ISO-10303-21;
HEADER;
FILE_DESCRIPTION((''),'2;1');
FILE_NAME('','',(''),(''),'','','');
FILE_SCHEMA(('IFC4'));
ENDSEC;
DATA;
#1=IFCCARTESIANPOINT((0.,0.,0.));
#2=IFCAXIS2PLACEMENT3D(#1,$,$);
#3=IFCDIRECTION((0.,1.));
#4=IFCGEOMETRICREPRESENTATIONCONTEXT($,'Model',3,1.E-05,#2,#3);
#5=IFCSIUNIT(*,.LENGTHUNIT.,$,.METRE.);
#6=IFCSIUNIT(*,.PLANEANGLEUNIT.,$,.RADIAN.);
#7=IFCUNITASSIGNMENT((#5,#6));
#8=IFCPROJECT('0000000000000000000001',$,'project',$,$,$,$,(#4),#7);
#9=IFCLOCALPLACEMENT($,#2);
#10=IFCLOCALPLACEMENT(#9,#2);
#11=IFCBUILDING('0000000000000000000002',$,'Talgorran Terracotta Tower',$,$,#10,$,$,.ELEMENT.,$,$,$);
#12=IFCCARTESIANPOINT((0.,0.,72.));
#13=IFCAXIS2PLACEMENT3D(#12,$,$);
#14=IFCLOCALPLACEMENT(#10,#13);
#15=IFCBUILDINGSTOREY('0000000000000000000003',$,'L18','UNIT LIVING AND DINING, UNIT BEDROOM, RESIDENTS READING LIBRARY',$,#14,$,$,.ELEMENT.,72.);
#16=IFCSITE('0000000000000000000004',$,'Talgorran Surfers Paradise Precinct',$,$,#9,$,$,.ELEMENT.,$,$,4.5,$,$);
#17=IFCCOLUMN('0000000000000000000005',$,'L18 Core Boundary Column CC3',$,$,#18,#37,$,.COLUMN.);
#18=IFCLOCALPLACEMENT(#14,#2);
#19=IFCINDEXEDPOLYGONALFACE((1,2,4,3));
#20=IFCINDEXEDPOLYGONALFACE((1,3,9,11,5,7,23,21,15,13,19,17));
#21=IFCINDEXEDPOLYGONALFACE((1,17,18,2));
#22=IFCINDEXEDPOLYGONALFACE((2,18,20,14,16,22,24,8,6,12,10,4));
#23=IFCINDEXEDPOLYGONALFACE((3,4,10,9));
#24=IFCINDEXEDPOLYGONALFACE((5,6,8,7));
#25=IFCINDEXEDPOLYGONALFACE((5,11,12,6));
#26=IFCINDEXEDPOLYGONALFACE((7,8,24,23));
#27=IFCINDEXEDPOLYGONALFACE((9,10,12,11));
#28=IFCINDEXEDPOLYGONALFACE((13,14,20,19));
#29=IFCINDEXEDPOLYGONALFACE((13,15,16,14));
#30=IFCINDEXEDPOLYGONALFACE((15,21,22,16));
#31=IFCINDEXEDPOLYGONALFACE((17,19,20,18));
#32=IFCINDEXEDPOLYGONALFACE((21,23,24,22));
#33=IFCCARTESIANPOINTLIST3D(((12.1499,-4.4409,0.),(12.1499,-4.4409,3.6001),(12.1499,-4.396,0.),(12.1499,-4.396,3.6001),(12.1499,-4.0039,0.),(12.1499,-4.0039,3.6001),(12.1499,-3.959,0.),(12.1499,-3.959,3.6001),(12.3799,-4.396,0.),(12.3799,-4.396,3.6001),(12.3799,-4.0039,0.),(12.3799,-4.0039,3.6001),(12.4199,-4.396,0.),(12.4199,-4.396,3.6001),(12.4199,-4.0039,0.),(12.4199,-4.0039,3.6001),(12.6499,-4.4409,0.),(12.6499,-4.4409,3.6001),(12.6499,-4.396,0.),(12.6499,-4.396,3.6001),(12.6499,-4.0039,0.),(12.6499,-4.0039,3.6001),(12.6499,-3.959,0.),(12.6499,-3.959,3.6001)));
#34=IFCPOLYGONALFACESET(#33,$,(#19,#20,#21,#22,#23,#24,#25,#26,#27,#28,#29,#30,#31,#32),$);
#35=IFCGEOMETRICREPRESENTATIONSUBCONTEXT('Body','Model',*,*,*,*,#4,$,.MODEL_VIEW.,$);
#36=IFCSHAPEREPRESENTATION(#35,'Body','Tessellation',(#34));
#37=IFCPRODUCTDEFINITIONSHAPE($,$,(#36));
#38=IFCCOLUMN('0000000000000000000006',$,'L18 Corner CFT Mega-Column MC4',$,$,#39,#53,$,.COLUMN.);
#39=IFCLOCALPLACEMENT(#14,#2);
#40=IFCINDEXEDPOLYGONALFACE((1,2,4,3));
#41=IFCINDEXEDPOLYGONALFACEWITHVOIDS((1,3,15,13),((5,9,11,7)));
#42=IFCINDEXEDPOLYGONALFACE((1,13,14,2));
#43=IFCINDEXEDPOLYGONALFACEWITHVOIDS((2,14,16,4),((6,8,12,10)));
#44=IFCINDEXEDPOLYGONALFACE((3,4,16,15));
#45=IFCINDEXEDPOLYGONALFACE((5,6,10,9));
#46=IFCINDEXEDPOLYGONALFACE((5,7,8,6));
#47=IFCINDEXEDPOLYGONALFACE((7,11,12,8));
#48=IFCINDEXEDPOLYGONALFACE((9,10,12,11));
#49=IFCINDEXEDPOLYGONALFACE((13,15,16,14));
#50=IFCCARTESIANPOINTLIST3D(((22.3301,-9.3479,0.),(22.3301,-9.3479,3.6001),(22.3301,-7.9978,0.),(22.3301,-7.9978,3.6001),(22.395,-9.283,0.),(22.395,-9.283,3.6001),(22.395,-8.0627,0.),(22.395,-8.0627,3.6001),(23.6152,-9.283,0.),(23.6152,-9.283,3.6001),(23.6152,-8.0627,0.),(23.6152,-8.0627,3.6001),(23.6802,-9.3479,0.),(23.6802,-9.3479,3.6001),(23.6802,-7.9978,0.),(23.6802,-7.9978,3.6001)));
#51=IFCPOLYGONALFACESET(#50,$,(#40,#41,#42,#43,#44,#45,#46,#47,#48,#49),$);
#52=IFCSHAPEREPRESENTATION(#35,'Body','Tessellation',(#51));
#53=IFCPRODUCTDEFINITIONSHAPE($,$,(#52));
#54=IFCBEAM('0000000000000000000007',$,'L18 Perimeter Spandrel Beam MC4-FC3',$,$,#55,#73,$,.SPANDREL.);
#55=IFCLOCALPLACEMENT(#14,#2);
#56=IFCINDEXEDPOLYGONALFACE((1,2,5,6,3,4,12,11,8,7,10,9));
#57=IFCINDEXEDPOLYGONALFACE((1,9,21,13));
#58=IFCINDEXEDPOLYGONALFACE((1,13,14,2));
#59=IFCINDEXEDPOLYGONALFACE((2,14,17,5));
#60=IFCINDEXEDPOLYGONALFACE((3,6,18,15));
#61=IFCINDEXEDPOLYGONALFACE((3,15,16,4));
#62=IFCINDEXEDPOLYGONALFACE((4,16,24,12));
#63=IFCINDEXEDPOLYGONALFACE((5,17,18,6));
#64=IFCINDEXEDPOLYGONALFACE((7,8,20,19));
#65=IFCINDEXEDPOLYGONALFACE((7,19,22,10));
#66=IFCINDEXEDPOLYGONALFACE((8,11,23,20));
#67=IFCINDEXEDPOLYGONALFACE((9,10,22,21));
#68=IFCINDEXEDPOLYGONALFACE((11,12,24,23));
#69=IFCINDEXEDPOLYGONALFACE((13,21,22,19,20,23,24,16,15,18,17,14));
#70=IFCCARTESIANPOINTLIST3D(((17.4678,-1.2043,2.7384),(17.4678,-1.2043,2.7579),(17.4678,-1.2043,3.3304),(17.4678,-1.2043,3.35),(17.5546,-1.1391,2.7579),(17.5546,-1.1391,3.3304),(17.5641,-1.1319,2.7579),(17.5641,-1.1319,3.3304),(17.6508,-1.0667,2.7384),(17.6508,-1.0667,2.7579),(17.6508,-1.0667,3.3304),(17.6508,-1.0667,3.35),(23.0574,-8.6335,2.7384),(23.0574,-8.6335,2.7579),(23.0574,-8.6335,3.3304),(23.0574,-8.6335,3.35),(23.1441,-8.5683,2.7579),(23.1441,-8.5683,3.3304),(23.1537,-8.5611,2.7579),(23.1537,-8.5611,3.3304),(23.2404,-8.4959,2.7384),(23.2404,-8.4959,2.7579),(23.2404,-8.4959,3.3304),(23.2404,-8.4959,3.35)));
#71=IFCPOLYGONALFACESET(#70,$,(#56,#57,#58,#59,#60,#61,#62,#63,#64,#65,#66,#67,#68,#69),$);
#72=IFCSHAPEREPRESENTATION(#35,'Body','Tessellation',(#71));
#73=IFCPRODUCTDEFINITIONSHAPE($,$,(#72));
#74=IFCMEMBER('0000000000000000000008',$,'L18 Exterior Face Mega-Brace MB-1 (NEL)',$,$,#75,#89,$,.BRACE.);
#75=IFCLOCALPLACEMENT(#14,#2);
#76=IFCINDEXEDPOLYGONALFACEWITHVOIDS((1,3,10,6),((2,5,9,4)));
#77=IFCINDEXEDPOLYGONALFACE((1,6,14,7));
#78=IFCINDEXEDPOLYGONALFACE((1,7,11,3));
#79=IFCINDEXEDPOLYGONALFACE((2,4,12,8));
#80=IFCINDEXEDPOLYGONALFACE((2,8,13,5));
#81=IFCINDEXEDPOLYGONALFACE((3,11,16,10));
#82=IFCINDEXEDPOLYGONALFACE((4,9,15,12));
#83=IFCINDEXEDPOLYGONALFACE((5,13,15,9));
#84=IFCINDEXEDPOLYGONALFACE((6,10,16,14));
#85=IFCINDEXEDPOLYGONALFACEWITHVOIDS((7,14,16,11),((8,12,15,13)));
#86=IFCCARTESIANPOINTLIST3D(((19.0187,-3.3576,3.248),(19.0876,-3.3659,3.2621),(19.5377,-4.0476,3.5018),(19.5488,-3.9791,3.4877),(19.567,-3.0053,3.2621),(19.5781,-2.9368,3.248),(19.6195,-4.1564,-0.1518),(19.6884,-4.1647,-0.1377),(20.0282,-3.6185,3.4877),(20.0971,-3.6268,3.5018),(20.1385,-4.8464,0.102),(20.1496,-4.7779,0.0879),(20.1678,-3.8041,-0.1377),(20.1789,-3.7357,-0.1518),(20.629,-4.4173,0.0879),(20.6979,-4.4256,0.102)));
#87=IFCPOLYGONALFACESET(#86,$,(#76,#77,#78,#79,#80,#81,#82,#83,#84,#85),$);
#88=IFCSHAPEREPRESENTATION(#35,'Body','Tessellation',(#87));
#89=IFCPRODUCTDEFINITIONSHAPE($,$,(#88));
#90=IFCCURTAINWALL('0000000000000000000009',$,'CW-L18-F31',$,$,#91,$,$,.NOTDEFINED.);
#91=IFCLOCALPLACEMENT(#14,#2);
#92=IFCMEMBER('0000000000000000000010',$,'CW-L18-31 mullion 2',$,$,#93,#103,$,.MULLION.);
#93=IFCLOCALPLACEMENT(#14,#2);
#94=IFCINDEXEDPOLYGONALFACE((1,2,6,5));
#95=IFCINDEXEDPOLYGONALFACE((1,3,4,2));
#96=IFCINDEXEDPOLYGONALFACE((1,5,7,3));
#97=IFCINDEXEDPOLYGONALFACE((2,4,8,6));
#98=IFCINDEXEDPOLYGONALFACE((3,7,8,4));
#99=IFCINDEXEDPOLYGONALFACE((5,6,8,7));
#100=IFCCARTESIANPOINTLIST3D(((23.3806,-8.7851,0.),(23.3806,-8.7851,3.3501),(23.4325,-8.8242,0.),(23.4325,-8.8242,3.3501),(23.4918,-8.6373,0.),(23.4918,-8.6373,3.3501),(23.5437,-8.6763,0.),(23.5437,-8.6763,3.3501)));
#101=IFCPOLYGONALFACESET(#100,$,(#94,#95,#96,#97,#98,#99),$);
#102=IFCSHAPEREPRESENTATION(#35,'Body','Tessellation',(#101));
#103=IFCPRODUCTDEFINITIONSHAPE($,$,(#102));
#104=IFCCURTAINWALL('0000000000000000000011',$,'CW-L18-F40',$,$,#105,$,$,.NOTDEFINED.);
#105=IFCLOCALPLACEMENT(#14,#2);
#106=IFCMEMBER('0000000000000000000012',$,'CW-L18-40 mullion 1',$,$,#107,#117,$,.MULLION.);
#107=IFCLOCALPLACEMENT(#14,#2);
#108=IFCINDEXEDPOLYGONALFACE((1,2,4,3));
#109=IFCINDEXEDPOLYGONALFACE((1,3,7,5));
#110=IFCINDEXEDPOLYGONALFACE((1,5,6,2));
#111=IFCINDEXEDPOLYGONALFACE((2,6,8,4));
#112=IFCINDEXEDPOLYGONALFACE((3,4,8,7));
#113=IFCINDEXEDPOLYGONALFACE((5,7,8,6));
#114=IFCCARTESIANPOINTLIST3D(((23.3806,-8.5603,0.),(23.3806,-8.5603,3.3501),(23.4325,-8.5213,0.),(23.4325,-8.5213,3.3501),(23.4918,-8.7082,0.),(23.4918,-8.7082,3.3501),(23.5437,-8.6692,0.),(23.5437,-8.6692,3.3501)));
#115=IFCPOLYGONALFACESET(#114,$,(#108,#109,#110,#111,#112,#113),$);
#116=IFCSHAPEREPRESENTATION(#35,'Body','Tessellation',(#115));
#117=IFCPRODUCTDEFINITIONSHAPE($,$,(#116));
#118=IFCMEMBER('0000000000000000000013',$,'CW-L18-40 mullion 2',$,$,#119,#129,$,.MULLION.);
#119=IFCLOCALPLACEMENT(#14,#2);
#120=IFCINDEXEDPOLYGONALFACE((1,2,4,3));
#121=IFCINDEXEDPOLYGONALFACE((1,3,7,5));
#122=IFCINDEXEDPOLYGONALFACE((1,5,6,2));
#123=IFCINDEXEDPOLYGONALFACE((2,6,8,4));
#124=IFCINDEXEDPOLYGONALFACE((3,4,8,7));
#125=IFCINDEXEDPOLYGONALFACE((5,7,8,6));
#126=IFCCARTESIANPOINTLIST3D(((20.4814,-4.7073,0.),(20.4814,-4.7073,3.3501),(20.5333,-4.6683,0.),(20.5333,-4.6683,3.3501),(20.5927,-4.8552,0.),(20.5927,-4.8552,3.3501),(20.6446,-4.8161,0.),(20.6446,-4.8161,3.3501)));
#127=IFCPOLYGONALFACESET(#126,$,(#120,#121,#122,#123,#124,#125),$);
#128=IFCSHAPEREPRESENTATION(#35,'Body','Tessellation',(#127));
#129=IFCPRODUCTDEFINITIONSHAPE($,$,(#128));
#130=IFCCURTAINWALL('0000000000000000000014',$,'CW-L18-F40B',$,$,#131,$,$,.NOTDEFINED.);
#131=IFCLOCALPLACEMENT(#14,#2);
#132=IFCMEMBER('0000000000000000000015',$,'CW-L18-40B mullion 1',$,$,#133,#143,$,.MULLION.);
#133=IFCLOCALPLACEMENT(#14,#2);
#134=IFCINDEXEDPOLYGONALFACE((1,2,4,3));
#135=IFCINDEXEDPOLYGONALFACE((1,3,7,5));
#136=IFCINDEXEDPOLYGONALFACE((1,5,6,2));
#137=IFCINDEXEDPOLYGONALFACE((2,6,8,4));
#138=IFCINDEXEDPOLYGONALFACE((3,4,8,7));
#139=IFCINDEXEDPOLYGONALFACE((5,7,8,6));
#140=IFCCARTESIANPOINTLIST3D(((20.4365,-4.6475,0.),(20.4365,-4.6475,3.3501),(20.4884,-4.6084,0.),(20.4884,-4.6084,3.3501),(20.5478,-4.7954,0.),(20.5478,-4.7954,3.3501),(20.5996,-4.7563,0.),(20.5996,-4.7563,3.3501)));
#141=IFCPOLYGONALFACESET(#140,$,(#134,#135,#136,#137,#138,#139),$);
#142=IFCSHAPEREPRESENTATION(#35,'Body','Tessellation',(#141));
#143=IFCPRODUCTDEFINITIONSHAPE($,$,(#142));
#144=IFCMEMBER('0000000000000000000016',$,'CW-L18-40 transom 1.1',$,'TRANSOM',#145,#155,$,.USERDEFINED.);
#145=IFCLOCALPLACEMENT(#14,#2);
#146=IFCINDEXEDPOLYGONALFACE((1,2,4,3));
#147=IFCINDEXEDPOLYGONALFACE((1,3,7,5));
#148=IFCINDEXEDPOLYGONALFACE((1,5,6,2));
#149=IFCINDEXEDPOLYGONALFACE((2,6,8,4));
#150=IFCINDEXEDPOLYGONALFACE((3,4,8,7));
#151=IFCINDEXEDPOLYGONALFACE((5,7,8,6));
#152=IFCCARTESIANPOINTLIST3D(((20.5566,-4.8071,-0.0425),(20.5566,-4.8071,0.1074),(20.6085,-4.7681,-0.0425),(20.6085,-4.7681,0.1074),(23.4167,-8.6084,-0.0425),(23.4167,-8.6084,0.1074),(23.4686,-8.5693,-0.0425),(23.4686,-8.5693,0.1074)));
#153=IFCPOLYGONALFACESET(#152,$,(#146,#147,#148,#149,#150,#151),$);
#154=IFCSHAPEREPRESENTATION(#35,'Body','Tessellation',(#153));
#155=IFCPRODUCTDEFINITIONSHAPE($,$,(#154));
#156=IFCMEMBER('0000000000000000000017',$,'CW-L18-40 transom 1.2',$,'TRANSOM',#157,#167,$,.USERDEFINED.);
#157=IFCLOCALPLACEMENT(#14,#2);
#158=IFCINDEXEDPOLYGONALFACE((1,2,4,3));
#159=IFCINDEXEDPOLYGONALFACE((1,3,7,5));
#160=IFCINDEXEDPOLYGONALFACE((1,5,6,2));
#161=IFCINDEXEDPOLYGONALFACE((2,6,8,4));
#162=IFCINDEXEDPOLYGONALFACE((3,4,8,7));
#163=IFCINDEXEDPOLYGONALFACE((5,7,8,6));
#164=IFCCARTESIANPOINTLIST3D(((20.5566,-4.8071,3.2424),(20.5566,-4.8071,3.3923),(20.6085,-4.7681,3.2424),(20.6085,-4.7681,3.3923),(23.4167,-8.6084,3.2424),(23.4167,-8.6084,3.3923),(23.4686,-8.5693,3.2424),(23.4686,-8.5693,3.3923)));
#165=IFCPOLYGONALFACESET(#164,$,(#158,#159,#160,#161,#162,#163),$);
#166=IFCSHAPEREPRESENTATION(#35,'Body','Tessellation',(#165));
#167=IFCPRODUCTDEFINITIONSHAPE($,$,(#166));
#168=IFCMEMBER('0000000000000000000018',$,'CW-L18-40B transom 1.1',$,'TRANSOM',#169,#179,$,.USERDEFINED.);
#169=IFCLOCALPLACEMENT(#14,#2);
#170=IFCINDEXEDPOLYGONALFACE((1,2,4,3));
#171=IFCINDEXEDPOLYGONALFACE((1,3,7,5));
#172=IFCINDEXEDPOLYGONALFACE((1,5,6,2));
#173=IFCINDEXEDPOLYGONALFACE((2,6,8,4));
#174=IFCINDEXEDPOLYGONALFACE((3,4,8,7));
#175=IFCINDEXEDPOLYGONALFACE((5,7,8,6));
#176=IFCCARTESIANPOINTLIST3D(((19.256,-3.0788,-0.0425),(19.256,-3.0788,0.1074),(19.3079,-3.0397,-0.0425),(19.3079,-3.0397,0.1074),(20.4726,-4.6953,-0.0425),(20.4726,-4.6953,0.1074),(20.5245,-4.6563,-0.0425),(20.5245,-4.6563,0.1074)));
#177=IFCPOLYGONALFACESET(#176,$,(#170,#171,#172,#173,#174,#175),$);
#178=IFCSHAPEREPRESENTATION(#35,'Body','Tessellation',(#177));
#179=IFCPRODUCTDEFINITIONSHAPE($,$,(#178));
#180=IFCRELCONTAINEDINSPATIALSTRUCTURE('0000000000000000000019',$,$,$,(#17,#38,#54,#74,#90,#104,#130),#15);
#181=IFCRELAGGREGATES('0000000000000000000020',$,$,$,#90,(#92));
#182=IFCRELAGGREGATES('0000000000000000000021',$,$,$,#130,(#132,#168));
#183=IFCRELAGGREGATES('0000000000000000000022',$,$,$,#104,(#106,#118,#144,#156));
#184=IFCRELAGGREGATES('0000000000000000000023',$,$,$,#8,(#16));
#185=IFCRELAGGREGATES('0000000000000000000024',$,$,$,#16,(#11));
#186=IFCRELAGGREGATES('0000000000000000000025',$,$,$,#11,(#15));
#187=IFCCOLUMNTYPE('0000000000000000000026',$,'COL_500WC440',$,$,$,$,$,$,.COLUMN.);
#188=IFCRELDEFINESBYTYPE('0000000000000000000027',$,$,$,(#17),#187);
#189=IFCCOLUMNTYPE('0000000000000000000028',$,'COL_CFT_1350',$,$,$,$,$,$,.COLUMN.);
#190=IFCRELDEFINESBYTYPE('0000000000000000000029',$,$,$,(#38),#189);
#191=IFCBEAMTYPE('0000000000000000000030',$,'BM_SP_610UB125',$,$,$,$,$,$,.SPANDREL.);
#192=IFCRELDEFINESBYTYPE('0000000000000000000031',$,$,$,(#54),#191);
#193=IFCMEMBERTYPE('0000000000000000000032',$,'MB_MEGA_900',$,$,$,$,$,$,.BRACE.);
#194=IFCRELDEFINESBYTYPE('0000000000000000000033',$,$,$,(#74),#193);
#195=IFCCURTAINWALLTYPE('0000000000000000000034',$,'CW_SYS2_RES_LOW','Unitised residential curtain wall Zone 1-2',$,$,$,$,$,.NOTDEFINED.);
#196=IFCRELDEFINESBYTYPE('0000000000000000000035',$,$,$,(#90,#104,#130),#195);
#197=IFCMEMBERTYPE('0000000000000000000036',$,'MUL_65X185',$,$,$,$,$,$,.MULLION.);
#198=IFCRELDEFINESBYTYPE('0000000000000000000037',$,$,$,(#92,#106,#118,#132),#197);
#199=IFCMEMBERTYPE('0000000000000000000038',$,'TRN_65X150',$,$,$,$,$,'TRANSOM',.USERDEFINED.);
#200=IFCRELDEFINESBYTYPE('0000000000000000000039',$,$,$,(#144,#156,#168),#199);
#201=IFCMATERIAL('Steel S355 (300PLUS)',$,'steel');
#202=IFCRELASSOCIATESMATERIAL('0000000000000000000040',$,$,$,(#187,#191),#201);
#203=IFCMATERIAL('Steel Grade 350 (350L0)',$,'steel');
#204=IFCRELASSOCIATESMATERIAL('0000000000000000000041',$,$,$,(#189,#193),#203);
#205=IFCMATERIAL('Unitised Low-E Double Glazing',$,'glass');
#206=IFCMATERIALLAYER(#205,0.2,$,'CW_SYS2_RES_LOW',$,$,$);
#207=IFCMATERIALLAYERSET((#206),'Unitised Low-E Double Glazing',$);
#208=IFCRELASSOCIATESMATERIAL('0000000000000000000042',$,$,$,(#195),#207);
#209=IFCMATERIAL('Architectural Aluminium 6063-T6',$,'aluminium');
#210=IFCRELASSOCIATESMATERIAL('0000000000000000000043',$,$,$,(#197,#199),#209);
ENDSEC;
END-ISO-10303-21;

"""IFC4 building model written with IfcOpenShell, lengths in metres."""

from ifc_helpers import new_model, si_unit, direction, frame, origin, origin_2d, place, context, subcontext, project, spatial, rectangle, hollow_rectangle, i_section, extrude, material, layer, layer_set, material_profile, profile_set, type_object, element, aggregate, save


model = new_model("IFC4")

# Units and contexts
model_context = context("Model", 3, precision=1e-05, world=origin(), true_north=direction((0.0, 1.0)))
body_context = subcontext(model_context, "Body", "Model", "MODEL_VIEW")
ifc_project = project(units=[si_unit("LENGTHUNIT", "METRE"), si_unit("PLANEANGLEUNIT", "RADIAN")], contexts=[model_context])

# Site, building, storey
site_placement = place(None, origin())
site = spatial("IfcSite", under=ifc_project, at=site_placement, Name="Talgorran Surfers Paradise Precinct", CompositionType="ELEMENT", RefElevation=4.5)
building_placement = place(site_placement, origin())
building = spatial("IfcBuilding", under=site, at=building_placement, Name="Talgorran Terracotta Tower", CompositionType="ELEMENT")
storey_placement = place(building_placement, frame((0.0, 0.0, 72.0)))
storey = spatial("IfcBuildingStorey", under=building, at=storey_placement, Name="L18", Description="UNIT LIVING AND DINING, UNIT BEDROOM, RESIDENTS READING LIBRARY", CompositionType="ELEMENT", Elevation=72.0)

# Columns
ifc_material_1 = material(Name="Steel S355 (300PLUS)", Category="steel")
ifc_material_profile_1 = material_profile(ifc_material_1, i_section(OverallWidth=0.5, OverallDepth=0.4819, WebThickness=0.04, FlangeThickness=0.0449, at=origin_2d()), Name="500WC440")
ifc_profile_set_1 = profile_set([ifc_material_profile_1], Name="Steel S355 (300PLUS)")
column_type_1 = type_object("IfcColumnType", Name="COL_500WC440", PredefinedType="COLUMN", material=ifc_profile_set_1)
column_1_placement = place(storey_placement, frame((12.3999, -4.2, 0.0), z_axis=(0.0, 0.0, 1.0), x_axis=(1.0, 0.0, 0.0)))
element("IfcColumn", 1, at=column_1_placement, inside=storey, type_object=column_type_1, Name="L18 Core Boundary Column CC3", PredefinedType="COLUMN", context=body_context, shape_type="SweptSolid", body=[
    extrude(i_section(OverallWidth=0.5, OverallDepth=0.4819, WebThickness=0.04, FlangeThickness=0.0449, at=origin_2d()), origin(), (0.0, 0.0, 1.0), 3.6001),
])
ifc_material_2 = material(Name="Steel Grade 350 (350L0)", Category="steel")
ifc_material_profile_2 = material_profile(ifc_material_2, hollow_rectangle(XDim=1.3501, YDim=1.3501, WallThickness=0.0649, at=origin_2d()), Name="CFT1350X1350X65")
ifc_profile_set_2 = profile_set([ifc_material_profile_2], Name="Steel Grade 350 (350L0)")
column_type_2 = type_object("IfcColumnType", Name="COL_CFT_1350", PredefinedType="COLUMN", material=ifc_profile_set_2)
column_2_placement = place(storey_placement, frame((23.0051, -8.6729, 0.0), z_axis=(0.0, 0.0, 1.0), x_axis=(1.0, 0.0, 0.0)))
element("IfcColumn", 2, at=column_2_placement, inside=storey, type_object=column_type_2, Name="L18 Corner CFT Mega-Column MC4", PredefinedType="COLUMN", context=body_context, shape_type="SweptSolid", body=[
    extrude(hollow_rectangle(XDim=1.3501, YDim=1.3501, WallThickness=0.0649, at=origin_2d()), origin(), (0.0, 0.0, 1.0), 3.6001),
])

# Beam
ifc_material_profile_3 = material_profile(ifc_material_1, i_section(OverallWidth=0.229, OverallDepth=0.6116, WebThickness=0.012, FlangeThickness=0.0195, at=origin_2d()), Name="610UB125")
ifc_profile_set_3 = profile_set([ifc_material_profile_3], Name="Steel S355 (300PLUS)")
beam_type = type_object("IfcBeamType", Name="BM_SP_610UB125", PredefinedType="SPANDREL", material=ifc_profile_set_3)
beam_placement = place(storey_placement, frame((23.1489, -8.5647, 3.0442), z_axis=(-0.601218, 0.799085, 0.0), x_axis=(-0.799085, -0.601218, 0.0)))
element("IfcBeam", 3, at=beam_placement, inside=storey, type_object=beam_type, Name="L18 Perimeter Spandrel Beam MC4-FC3", PredefinedType="SPANDREL", context=body_context, shape_type="SweptSolid", body=[
    extrude(i_section(OverallWidth=0.229, OverallDepth=0.6116, WebThickness=0.012, FlangeThickness=0.0195, at=origin_2d()), origin(), (0.0, 0.0, 1.0), 9.2971),
])

# Member
ifc_material_profile_4 = material_profile(ifc_material_2, hollow_rectangle(XDim=0.7, YDim=0.8999, WallThickness=0.05, at=origin_2d()), Name="WBOX900X700X50")
ifc_profile_set_4 = profile_set([ifc_material_profile_4], Name="Steel Grade 350 (350L0)")
member_type_1 = type_object("IfcMemberType", Name="MB_MEGA_900", PredefinedType="BRACE", material=ifc_profile_set_4)
member_1_placement = place(storey_placement, frame((20.1587, -4.291, -0.0249), z_axis=(-0.169544, 0.225416, 0.959397), x_axis=(-0.799179, -0.601094, 0.0)))
element("IfcMember", 4, at=member_1_placement, inside=storey, type_object=member_type_1, Name="L18 Exterior Face Mega-Brace MB-1 (NEL)", PredefinedType="BRACE", context=body_context, shape_type="SweptSolid", body=[
    extrude(hollow_rectangle(XDim=0.7, YDim=0.8999, WallThickness=0.05, at=origin_2d()), origin(), (0.0, 0.0, 1.0), 3.5437),
])

# Curtain wall, member
ifc_material_3 = material(Name="Unitised Low-E Double Glazing", Category="glass")
ifc_layer_1 = layer(ifc_material_3, 0.2, Name="CW_SYS2_RES_LOW")
ifc_layer_set_1 = layer_set([ifc_layer_1], Name="Unitised Low-E Double Glazing")
curtain_wall_type = type_object("IfcCurtainWallType", Name="CW_SYS2_RES_LOW", Description="Unitised residential curtain wall Zone 1-2", PredefinedType="NOTDEFINED", material=ifc_layer_set_1)
curtain_wall_1_placement = place(storey_placement, origin())
curtain_wall_1 = element("IfcCurtainWall", 5, at=curtain_wall_1_placement, inside=storey, type_object=curtain_wall_type, Name="CW-L18-F31", PredefinedType="NOTDEFINED")
ifc_material_4 = material(Name="Architectural Aluminium 6063-T6", Category="aluminium")
ifc_material_profile_5 = material_profile(ifc_material_4, rectangle(XDim=0.0649, YDim=0.1851, at=origin_2d()), Name="CWM65X185")
ifc_profile_set_5 = profile_set([ifc_material_profile_5], Name="Architectural Aluminium 6063-T6")
member_type_2 = type_object("IfcMemberType", Name="MUL_65X185", PredefinedType="MULLION", material=ifc_profile_set_5)
member_2_placement = place(storey_placement, frame((23.4622, -8.7307, 0.0), z_axis=(0.0, 0.0, 1.0), x_axis=(-0.79906, 0.601251, 0.0)))
member_2 = element("IfcMember", 6, at=member_2_placement, type_object=member_type_2, Name="CW-L18-31 mullion 2", PredefinedType="MULLION", context=body_context, shape_type="SweptSolid", body=[
    extrude(rectangle(XDim=0.0649, YDim=0.1851, at=origin_2d()), origin(), (0.0, 0.0, 1.0), 3.3501),
])
aggregate(curtain_wall_1, [member_2])

# Curtain wall, members
curtain_wall_2_placement = place(storey_placement, origin())
curtain_wall_2 = element("IfcCurtainWall", 7, at=curtain_wall_2_placement, inside=storey, type_object=curtain_wall_type, Name="CW-L18-F40", PredefinedType="NOTDEFINED")
member_3_placement = place(storey_placement, frame((23.4622, -8.6147, 0.0), z_axis=(0.0, 0.0, 1.0), x_axis=(-0.799068, -0.60124, 0.0)))
member_3 = element("IfcMember", 8, at=member_3_placement, type_object=member_type_2, Name="CW-L18-40 mullion 1", PredefinedType="MULLION", context=body_context, shape_type="SweptSolid", body=[
    extrude(rectangle(XDim=0.0649, YDim=0.1851, at=origin_2d()), origin(), (0.0, 0.0, 1.0), 3.3501),
])
member_4_placement = place(storey_placement, frame((20.563, -4.7617, 0.0), z_axis=(0.0, 0.0, 1.0), x_axis=(-0.799068, -0.60124, 0.0)))
member_4 = element("IfcMember", 9, at=member_4_placement, type_object=member_type_2, Name="CW-L18-40 mullion 2", PredefinedType="MULLION", context=body_context, shape_type="SweptSolid", body=[
    extrude(rectangle(XDim=0.0649, YDim=0.1851, at=origin_2d()), origin(), (0.0, 0.0, 1.0), 3.3501),
])

# Curtain wall, member
curtain_wall_3_placement = place(storey_placement, origin())
curtain_wall_3 = element("IfcCurtainWall", 10, at=curtain_wall_3_placement, inside=storey, type_object=curtain_wall_type, Name="CW-L18-F40B", PredefinedType="NOTDEFINED")
member_5_placement = place(storey_placement, frame((20.5181, -4.7019, 0.0), z_axis=(0.0, 0.0, 1.0), x_axis=(-0.799063, -0.601248, 0.0)))
member_5 = element("IfcMember", 11, at=member_5_placement, type_object=member_type_2, Name="CW-L18-40B mullion 1", PredefinedType="MULLION", context=body_context, shape_type="SweptSolid", body=[
    extrude(rectangle(XDim=0.0649, YDim=0.1851, at=origin_2d()), origin(), (0.0, 0.0, 1.0), 3.3501),
])

# Members
ifc_material_profile_6 = material_profile(ifc_material_4, rectangle(XDim=0.0649, YDim=0.1499, at=origin_2d()), Name="CWT65X150")
ifc_profile_set_6 = profile_set([ifc_material_profile_6], Name="Architectural Aluminium 6063-T6")
member_type_3 = type_object("IfcMemberType", Name="TRN_65X150", ElementType="TRANSOM", PredefinedType="USERDEFINED", material=ifc_profile_set_6)
member_6_placement = place(storey_placement, frame((23.4426, -8.5889, 0.0325), z_axis=(-0.601231, 0.799075, 0.0), x_axis=(-0.799075, -0.601231, 0.0)))
member_6 = element("IfcMember", 12, at=member_6_placement, type_object=member_type_3, Name="CW-L18-40 transom 1.1", ObjectType="TRANSOM", PredefinedType="USERDEFINED", context=body_context, shape_type="SweptSolid", body=[
    extrude(rectangle(XDim=0.0649, YDim=0.1499, at=origin_2d()), origin(), (0.0, 0.0, 1.0), 4.7571),
])
member_7_placement = place(storey_placement, frame((23.4426, -8.5889, 3.3174), z_axis=(-0.601231, 0.799075, 0.0), x_axis=(-0.799075, -0.601231, 0.0)))
member_7 = element("IfcMember", 13, at=member_7_placement, type_object=member_type_3, Name="CW-L18-40 transom 1.2", ObjectType="TRANSOM", PredefinedType="USERDEFINED", context=body_context, shape_type="SweptSolid", body=[
    extrude(rectangle(XDim=0.0649, YDim=0.1499, at=origin_2d()), origin(), (0.0, 0.0, 1.0), 4.7571),
])
member_8_placement = place(storey_placement, frame((20.4985, -4.6758, 0.0325), z_axis=(-0.601331, 0.799, 0.0), x_axis=(-0.799, -0.601331, 0.0)))
member_8 = element("IfcMember", 14, at=member_8_placement, type_object=member_type_3, Name="CW-L18-40B transom 1.1", ObjectType="TRANSOM", PredefinedType="USERDEFINED", context=body_context, shape_type="SweptSolid", body=[
    extrude(rectangle(XDim=0.0649, YDim=0.1499, at=origin_2d()), origin(), (0.0, 0.0, 1.0), 2.0232),
])
aggregate(curtain_wall_3, [member_5, member_8])

aggregate(curtain_wall_2, [member_3, member_4, member_6, member_7])

save(model, "model.ifc")
